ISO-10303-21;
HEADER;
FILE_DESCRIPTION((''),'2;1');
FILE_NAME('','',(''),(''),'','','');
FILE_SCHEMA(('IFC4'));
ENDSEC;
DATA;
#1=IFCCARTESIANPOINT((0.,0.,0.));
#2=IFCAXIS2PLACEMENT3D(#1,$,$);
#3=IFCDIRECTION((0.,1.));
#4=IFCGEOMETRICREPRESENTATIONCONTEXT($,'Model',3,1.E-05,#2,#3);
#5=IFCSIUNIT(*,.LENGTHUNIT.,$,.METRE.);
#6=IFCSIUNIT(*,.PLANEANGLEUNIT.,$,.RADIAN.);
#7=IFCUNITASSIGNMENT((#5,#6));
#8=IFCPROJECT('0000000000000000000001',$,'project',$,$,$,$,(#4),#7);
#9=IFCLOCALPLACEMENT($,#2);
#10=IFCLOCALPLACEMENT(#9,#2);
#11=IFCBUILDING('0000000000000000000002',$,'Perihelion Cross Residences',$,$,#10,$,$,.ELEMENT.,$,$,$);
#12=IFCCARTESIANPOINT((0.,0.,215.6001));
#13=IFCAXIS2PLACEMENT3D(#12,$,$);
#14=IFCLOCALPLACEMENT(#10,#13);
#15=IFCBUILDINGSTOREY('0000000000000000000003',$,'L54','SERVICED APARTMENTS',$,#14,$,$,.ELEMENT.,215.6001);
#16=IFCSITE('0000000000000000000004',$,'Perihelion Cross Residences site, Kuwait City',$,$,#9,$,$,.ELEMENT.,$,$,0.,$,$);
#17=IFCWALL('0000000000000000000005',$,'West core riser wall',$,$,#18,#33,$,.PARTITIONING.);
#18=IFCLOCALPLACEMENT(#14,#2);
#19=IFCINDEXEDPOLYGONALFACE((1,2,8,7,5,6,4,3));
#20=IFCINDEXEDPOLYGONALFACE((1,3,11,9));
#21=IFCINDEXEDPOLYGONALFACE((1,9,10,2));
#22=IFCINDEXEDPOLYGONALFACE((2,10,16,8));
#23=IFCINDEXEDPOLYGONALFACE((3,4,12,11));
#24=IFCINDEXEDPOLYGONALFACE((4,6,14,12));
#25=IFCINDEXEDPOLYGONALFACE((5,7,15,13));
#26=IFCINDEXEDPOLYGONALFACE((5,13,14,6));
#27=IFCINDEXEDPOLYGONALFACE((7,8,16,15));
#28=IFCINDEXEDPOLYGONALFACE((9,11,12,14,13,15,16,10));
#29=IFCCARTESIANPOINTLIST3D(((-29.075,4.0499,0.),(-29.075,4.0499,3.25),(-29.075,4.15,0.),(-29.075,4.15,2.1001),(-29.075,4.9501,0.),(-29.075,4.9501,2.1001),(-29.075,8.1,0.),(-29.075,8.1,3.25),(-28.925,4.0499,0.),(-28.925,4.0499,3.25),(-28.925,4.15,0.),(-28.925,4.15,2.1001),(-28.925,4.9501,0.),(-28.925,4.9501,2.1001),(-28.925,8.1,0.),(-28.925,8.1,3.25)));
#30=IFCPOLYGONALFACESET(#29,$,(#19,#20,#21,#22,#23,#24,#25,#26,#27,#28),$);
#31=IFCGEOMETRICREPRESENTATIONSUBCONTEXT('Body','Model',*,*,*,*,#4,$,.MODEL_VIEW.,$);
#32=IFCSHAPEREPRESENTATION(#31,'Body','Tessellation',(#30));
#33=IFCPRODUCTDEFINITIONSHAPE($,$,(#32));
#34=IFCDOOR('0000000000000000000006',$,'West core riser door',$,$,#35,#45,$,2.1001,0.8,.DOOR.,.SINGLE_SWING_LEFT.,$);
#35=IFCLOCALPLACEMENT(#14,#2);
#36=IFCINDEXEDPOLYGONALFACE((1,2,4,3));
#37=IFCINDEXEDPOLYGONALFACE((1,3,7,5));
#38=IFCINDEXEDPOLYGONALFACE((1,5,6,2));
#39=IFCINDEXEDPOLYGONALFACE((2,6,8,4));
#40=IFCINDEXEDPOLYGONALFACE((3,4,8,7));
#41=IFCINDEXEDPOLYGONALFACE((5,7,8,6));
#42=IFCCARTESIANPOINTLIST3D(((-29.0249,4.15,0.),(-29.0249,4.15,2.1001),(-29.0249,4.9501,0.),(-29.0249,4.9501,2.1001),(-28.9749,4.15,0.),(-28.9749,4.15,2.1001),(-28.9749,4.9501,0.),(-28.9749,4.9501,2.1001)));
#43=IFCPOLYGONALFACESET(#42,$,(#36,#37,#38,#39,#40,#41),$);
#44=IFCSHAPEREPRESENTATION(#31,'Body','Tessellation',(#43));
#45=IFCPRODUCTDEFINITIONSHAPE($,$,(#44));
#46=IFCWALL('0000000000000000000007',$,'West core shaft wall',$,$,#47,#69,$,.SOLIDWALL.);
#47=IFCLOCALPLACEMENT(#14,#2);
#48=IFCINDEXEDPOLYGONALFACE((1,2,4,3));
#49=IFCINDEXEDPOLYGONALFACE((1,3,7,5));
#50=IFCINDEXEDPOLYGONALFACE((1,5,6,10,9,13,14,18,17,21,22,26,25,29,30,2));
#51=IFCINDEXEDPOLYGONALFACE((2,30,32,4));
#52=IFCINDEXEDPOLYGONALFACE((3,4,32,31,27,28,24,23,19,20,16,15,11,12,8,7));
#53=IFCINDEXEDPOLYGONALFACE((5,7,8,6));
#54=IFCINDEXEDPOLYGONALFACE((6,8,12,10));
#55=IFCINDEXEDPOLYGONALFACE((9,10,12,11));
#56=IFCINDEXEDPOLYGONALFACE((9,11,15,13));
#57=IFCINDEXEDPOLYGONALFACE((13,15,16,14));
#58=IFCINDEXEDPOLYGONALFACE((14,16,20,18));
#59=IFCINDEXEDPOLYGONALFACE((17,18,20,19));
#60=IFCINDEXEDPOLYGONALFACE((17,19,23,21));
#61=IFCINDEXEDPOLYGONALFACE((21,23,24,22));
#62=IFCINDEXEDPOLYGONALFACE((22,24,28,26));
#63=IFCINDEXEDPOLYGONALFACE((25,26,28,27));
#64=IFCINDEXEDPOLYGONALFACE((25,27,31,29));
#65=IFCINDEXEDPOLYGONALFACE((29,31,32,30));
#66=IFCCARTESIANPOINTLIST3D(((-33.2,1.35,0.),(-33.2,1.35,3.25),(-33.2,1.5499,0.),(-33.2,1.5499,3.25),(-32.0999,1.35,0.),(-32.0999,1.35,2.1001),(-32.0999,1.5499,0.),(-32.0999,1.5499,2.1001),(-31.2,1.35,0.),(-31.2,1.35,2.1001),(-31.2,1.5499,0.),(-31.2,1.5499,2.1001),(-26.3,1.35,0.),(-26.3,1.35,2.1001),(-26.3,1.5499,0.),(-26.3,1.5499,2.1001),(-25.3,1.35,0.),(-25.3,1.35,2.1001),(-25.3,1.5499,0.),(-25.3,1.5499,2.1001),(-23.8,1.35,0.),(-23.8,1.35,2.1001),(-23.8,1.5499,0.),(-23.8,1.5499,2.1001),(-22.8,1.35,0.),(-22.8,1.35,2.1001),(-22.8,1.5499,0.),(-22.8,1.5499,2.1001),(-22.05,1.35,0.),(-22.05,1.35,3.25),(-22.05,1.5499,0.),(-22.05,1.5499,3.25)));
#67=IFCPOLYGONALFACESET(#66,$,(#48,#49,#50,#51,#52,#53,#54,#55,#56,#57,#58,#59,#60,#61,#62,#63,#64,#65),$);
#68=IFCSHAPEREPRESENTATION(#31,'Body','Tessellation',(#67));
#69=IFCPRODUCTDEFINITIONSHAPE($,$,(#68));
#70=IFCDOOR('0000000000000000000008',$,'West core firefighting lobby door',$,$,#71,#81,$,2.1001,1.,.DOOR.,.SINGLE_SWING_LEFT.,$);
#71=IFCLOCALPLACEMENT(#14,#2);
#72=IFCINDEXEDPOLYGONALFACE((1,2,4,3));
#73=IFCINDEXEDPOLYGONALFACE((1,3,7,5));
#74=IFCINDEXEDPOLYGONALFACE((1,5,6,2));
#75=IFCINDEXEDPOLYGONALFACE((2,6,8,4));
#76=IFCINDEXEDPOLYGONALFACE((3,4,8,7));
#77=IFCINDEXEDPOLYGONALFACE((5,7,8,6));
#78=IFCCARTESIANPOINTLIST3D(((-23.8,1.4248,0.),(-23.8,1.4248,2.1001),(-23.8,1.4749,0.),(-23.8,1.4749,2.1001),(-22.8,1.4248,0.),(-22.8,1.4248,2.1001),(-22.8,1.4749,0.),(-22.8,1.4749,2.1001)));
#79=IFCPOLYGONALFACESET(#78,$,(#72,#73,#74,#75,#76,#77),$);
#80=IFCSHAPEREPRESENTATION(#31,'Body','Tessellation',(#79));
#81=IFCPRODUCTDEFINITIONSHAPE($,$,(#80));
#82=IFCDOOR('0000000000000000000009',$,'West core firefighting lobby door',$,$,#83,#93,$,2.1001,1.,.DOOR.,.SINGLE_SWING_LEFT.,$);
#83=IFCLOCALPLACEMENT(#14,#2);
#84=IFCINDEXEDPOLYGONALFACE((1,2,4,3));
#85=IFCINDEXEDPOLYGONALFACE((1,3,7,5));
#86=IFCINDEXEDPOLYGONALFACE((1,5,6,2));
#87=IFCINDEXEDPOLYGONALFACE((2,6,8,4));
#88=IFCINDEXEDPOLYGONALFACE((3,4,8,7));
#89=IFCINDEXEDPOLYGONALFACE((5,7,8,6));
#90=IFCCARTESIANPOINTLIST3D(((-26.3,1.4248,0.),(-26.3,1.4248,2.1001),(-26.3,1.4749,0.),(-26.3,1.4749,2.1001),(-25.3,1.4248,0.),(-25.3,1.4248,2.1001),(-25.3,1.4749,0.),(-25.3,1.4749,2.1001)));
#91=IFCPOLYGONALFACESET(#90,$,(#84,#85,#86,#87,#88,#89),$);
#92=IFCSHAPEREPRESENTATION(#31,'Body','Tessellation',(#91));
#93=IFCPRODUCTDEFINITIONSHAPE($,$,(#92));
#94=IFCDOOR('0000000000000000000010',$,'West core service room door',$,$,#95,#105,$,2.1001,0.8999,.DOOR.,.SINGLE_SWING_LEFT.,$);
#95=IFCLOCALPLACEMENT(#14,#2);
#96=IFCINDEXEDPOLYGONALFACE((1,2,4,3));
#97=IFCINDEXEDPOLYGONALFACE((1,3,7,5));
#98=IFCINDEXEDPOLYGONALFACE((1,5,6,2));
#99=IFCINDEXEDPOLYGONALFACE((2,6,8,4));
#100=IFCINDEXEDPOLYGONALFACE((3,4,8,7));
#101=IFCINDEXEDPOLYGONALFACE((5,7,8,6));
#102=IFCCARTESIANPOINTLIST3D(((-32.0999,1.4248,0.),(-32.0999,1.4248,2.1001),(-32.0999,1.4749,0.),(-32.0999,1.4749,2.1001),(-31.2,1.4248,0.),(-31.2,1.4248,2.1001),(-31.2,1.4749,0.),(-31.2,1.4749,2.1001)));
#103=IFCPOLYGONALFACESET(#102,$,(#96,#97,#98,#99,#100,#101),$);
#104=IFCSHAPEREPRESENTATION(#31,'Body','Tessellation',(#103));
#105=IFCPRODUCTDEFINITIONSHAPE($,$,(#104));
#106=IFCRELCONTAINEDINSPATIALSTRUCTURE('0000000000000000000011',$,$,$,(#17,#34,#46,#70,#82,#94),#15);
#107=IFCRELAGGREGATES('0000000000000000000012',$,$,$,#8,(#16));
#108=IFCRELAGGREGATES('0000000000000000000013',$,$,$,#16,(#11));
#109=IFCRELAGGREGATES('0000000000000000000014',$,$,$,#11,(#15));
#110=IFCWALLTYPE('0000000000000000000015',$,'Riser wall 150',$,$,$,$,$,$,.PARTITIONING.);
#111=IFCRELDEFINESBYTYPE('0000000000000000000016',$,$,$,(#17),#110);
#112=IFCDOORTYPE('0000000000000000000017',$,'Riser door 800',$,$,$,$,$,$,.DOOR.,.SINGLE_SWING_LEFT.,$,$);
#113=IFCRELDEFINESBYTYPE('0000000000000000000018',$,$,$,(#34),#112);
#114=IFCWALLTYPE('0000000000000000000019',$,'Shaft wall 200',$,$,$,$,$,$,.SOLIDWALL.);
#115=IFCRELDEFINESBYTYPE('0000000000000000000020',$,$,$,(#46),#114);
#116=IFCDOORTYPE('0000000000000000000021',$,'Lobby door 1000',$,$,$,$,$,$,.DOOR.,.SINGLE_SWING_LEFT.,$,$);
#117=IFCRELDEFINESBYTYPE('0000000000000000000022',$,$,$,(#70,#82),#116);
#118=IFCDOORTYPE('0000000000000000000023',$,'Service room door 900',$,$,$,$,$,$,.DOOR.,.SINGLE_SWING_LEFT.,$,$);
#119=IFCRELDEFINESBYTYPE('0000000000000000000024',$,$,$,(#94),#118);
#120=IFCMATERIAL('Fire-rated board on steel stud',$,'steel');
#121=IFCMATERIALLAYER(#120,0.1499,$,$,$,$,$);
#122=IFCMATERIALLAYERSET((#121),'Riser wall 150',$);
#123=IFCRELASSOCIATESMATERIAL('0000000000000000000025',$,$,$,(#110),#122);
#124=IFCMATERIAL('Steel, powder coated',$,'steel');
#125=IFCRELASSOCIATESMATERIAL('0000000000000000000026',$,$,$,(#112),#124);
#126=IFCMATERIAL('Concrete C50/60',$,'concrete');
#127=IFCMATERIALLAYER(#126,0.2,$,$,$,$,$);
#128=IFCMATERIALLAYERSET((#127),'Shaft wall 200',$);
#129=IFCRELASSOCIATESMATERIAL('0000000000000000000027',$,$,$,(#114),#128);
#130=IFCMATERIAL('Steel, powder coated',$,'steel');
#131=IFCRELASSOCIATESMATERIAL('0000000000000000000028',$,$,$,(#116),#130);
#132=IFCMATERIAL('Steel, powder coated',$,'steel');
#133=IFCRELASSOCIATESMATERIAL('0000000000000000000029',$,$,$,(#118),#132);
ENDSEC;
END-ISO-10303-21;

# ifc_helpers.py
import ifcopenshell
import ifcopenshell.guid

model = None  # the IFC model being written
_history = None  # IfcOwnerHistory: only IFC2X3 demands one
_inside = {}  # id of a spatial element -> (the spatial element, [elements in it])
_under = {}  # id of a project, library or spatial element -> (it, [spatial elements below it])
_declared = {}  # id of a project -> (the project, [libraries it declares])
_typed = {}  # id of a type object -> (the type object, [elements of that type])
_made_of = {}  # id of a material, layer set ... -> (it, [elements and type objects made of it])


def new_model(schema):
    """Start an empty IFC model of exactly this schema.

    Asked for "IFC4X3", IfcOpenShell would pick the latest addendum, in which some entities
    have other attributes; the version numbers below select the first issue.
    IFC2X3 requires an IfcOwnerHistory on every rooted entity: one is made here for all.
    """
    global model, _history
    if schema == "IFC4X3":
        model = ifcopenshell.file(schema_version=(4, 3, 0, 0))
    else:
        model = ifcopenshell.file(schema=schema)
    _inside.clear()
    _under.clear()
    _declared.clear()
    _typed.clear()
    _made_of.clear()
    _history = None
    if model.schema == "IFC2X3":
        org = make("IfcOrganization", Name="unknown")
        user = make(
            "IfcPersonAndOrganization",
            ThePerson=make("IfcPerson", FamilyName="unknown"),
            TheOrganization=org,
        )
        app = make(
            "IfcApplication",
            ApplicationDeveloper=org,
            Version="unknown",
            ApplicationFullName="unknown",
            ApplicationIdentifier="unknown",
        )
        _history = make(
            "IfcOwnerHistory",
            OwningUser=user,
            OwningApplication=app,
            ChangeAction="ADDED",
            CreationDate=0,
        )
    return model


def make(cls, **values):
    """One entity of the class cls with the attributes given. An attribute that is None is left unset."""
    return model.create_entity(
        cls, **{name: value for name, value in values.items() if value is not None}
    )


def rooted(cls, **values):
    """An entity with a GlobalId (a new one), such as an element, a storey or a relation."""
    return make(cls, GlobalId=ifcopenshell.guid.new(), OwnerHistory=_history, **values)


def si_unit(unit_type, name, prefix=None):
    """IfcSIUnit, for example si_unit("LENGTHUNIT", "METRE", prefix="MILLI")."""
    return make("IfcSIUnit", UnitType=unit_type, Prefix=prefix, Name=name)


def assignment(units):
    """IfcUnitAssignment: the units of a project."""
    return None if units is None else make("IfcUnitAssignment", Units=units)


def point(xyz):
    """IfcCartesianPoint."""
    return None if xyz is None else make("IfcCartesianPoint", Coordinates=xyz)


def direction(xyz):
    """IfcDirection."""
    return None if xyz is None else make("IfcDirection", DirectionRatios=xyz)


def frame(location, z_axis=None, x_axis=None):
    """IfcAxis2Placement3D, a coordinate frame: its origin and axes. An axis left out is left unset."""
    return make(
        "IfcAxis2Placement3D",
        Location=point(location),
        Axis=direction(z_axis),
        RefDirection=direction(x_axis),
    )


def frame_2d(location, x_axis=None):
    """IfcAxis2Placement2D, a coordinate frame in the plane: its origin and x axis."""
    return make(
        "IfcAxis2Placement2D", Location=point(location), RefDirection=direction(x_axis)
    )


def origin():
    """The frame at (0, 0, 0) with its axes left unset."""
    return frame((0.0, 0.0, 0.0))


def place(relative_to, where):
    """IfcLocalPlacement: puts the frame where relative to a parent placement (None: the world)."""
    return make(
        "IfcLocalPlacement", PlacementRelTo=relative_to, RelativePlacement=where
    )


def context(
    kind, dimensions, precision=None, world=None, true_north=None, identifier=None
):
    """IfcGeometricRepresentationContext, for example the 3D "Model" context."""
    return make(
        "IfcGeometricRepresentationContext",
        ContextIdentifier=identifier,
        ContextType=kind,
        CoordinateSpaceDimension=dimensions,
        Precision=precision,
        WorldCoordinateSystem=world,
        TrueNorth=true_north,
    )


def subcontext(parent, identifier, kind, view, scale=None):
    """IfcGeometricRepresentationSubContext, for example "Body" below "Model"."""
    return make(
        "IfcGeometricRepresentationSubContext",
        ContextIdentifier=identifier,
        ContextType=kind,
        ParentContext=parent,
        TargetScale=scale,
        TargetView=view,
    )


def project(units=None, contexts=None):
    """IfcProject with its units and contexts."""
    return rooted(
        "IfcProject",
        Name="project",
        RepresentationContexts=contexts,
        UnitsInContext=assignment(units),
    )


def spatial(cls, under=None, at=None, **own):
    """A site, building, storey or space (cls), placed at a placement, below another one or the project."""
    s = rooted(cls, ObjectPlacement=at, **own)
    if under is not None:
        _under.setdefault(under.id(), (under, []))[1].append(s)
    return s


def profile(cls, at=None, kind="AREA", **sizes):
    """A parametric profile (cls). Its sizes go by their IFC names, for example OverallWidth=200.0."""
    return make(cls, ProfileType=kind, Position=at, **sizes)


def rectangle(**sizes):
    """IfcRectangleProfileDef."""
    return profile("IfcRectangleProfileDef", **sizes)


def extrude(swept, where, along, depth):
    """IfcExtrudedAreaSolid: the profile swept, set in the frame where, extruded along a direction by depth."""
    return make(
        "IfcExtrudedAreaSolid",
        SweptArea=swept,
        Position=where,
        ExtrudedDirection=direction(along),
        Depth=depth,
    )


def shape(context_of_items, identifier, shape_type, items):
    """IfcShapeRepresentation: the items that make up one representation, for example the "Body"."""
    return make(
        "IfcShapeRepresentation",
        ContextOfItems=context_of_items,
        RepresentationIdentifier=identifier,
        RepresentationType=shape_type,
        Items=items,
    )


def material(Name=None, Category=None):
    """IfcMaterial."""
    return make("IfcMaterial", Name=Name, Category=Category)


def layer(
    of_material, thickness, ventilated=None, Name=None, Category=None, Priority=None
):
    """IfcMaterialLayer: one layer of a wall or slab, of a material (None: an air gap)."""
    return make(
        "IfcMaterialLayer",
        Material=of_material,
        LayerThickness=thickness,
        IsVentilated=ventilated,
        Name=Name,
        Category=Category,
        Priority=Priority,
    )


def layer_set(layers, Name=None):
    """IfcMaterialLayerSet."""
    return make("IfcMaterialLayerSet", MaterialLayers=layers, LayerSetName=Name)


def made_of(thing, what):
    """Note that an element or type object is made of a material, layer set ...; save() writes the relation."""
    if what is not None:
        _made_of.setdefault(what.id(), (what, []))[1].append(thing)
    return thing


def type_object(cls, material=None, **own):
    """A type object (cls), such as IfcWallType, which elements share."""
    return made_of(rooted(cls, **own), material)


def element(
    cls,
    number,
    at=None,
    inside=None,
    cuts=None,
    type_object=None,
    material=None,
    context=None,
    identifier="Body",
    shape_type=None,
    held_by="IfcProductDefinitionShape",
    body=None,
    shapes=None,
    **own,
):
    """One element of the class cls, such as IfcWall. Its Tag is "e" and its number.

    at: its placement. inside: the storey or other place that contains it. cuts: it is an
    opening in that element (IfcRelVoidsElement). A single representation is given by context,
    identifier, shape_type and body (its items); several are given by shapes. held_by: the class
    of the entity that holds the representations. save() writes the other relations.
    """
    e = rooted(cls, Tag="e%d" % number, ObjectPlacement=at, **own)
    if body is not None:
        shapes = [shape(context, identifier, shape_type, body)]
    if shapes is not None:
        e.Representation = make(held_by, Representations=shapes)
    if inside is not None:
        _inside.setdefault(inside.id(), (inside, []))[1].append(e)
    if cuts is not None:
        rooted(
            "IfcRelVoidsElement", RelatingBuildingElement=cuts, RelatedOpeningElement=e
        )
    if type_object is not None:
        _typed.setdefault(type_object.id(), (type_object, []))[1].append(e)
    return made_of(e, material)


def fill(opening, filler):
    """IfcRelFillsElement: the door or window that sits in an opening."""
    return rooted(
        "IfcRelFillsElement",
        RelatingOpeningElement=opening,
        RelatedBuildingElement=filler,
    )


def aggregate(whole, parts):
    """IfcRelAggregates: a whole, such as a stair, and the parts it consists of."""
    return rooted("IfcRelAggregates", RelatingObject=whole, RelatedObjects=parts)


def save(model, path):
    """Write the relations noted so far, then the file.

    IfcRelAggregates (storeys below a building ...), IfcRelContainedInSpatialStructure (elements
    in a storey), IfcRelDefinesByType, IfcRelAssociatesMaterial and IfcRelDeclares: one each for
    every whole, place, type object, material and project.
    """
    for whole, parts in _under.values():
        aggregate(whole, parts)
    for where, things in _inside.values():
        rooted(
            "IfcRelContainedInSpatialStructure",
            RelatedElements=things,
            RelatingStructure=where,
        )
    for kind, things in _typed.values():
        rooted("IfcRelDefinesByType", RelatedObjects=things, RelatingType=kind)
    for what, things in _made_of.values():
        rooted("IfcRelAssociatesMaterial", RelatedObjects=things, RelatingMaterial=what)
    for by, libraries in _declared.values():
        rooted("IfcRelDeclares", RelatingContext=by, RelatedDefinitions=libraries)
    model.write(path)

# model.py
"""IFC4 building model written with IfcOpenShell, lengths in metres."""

from ifc_helpers import new_model, si_unit, direction, frame, frame_2d, origin, place, context, subcontext, project, spatial, rectangle, extrude, material, layer, layer_set, type_object, element, fill, save


model = new_model("IFC4")

# Units and contexts
model_context = context("Model", 3, precision=1e-05, world=origin(), true_north=direction((0.0, 1.0)))
body_context = subcontext(model_context, "Body", "Model", "MODEL_VIEW")
ifc_project = project(units=[si_unit("LENGTHUNIT", "METRE"), si_unit("PLANEANGLEUNIT", "RADIAN")], contexts=[model_context])

# Site, building, storey
site_placement = place(None, origin())
site = spatial("IfcSite", under=ifc_project, at=site_placement, Name="Perihelion Cross Residences site, Kuwait City", CompositionType="ELEMENT", RefElevation=0.0)
building_placement = place(site_placement, origin())
building = spatial("IfcBuilding", under=site, at=building_placement, Name="Perihelion Cross Residences", CompositionType="ELEMENT")
storey_placement = place(building_placement, frame((0.0, 0.0, 215.6001)))
storey = spatial("IfcBuildingStorey", under=building, at=storey_placement, Name="L54", Description="SERVICED APARTMENTS", CompositionType="ELEMENT", Elevation=215.6001)

# Wall, opening, door
ifc_material_1 = material(Name="Fire-rated board on steel stud", Category="steel")
ifc_layer_1 = layer(ifc_material_1, 0.1499)
ifc_layer_set_1 = layer_set([ifc_layer_1], Name="Riser wall 150")
wall_type_1 = type_object("IfcWallType", Name="Riser wall 150", PredefinedType="PARTITIONING", material=ifc_layer_set_1)
wall_1_placement = place(storey_placement, frame((-29.0, 4.05, 0.0), z_axis=(0.0, 0.0, 1.0), x_axis=(0.0, 1.0, 0.0)))
wall_1 = element("IfcWall", 1, at=wall_1_placement, inside=storey, type_object=wall_type_1, Name="West core riser wall", PredefinedType="PARTITIONING", context=body_context, shape_type="SweptSolid", body=[
    extrude(rectangle(XDim=4.05, YDim=0.1499, at=frame_2d((2.0249, 0.0))), origin(), (0.0, 0.0, 1.0), 3.25),
])
opening_1_placement = place(wall_1_placement, frame((0.1001, 0.0, 0.0)))
opening_1 = element("IfcOpeningElement", 2, at=opening_1_placement, cuts=wall_1, PredefinedType="OPENING", context=body_context, shape_type="SweptSolid", body=[
    extrude(rectangle(XDim=0.8, YDim=2.1001, at=frame_2d((0.3999, 1.05))), frame((0.0, 0.085, 0.0), z_axis=(0.0, -1.0, 0.0), x_axis=(1.0, 0.0, 0.0)), (0.0, 0.0, 1.0), 0.1699),
])
ifc_material_2 = material(Name="Steel, powder coated", Category="steel")
door_type_1 = type_object("IfcDoorType", Name="Riser door 800", OperationType="SINGLE_SWING_LEFT", PredefinedType="DOOR", material=ifc_material_2)
door_1_placement = place(opening_1_placement, origin())
door_1 = element("IfcDoor", 3, at=door_1_placement, inside=storey, type_object=door_type_1, Name="West core riser door", OperationType="SINGLE_SWING_LEFT", OverallHeight=2.1001, OverallWidth=0.8, PredefinedType="DOOR", context=body_context, shape_type="SweptSolid", body=[
    extrude(rectangle(XDim=0.8, YDim=2.1001, at=frame_2d((0.3999, 1.05))), frame((0.0, 0.0249, 0.0), z_axis=(0.0, -1.0, 0.0), x_axis=(1.0, 0.0, 0.0)), (0.0, 0.0, 1.0), 0.05),
])
fill(opening_1, door_1)

# Wall, openings, doors
ifc_material_3 = material(Name="Concrete C50/60", Category="concrete")
ifc_layer_2 = layer(ifc_material_3, 0.2)
ifc_layer_set_2 = layer_set([ifc_layer_2], Name="Shaft wall 200")
wall_type_2 = type_object("IfcWallType", Name="Shaft wall 200", PredefinedType="SOLIDWALL", material=ifc_layer_set_2)
wall_2_placement = place(storey_placement, frame((-33.2, 1.45, 0.0), z_axis=(0.0, 0.0, 1.0), x_axis=(1.0, 0.0, 0.0)))
wall_2 = element("IfcWall", 4, at=wall_2_placement, inside=storey, type_object=wall_type_2, Name="West core shaft wall", PredefinedType="SOLIDWALL", context=body_context, shape_type="SweptSolid", body=[
    extrude(rectangle(XDim=11.1499, YDim=0.2, at=frame_2d((5.575, 0.0))), origin(), (0.0, 0.0, 1.0), 3.25),
])
opening_2_placement = place(wall_2_placement, frame((9.3999, 0.0, 0.0)))
opening_2 = element("IfcOpeningElement", 5, at=opening_2_placement, cuts=wall_2, PredefinedType="OPENING", context=body_context, shape_type="SweptSolid", body=[
    extrude(rectangle(XDim=1.0, YDim=2.1001, at=frame_2d((0.5, 1.05))), frame((0.0, 0.1099, 0.0), z_axis=(0.0, -1.0, 0.0), x_axis=(1.0, 0.0, 0.0)), (0.0, 0.0, 1.0), 0.22),
])
opening_3_placement = place(wall_2_placement, frame((6.8999, 0.0, 0.0)))
opening_3 = element("IfcOpeningElement", 6, at=opening_3_placement, cuts=wall_2, PredefinedType="OPENING", context=body_context, shape_type="SweptSolid", body=[
    extrude(rectangle(XDim=1.0, YDim=2.1001, at=frame_2d((0.5, 1.05))), frame((0.0, 0.1099, 0.0), z_axis=(0.0, -1.0, 0.0), x_axis=(1.0, 0.0, 0.0)), (0.0, 0.0, 1.0), 0.22),
])
opening_4_placement = place(wall_2_placement, frame((1.1001, 0.0, 0.0)))
opening_4 = element("IfcOpeningElement", 7, at=opening_4_placement, cuts=wall_2, PredefinedType="OPENING", context=body_context, shape_type="SweptSolid", body=[
    extrude(rectangle(XDim=0.8999, YDim=2.1001, at=frame_2d((0.45, 1.05))), frame((0.0, 0.1099, 0.0), z_axis=(0.0, -1.0, 0.0), x_axis=(1.0, 0.0, 0.0)), (0.0, 0.0, 1.0), 0.22),
])
ifc_material_4 = material(Name="Steel, powder coated", Category="steel")
door_type_2 = type_object("IfcDoorType", Name="Lobby door 1000", OperationType="SINGLE_SWING_LEFT", PredefinedType="DOOR", material=ifc_material_4)
door_2_placement = place(opening_2_placement, origin())
door_2 = element("IfcDoor", 8, at=door_2_placement, inside=storey, type_object=door_type_2, Name="West core firefighting lobby door", OperationType="SINGLE_SWING_LEFT", OverallHeight=2.1001, OverallWidth=1.0, PredefinedType="DOOR", context=body_context, shape_type="SweptSolid", body=[
    extrude(rectangle(XDim=1.0, YDim=2.1001, at=frame_2d((0.5, 1.05))), frame((0.0, 0.0249, 0.0), z_axis=(0.0, -1.0, 0.0), x_axis=(1.0, 0.0, 0.0)), (0.0, 0.0, 1.0), 0.05),
])
fill(opening_2, door_2)
door_3_placement = place(opening_3_placement, origin())
door_3 = element("IfcDoor", 9, at=door_3_placement, inside=storey, type_object=door_type_2, Name="West core firefighting lobby door", OperationType="SINGLE_SWING_LEFT", OverallHeight=2.1001, OverallWidth=1.0, PredefinedType="DOOR", context=body_context, shape_type="SweptSolid", body=[
    extrude(rectangle(XDim=1.0, YDim=2.1001, at=frame_2d((0.5, 1.05))), frame((0.0, 0.0249, 0.0), z_axis=(0.0, -1.0, 0.0), x_axis=(1.0, 0.0, 0.0)), (0.0, 0.0, 1.0), 0.05),
])
fill(opening_3, door_3)
ifc_material_5 = material(Name="Steel, powder coated", Category="steel")
door_type_3 = type_object("IfcDoorType", Name="Service room door 900", OperationType="SINGLE_SWING_LEFT", PredefinedType="DOOR", material=ifc_material_5)
door_4_placement = place(opening_4_placement, origin())
door_4 = element("IfcDoor", 10, at=door_4_placement, inside=storey, type_object=door_type_3, Name="West core service room door", OperationType="SINGLE_SWING_LEFT", OverallHeight=2.1001, OverallWidth=0.8999, PredefinedType="DOOR", context=body_context, shape_type="SweptSolid", body=[
    extrude(rectangle(XDim=0.8999, YDim=2.1001, at=frame_2d((0.45, 1.05))), frame((0.0, 0.0249, 0.0), z_axis=(0.0, -1.0, 0.0), x_axis=(1.0, 0.0, 0.0)), (0.0, 0.0, 1.0), 0.05),
])
fill(opening_4, door_4)

save(model, "model.ifc")
